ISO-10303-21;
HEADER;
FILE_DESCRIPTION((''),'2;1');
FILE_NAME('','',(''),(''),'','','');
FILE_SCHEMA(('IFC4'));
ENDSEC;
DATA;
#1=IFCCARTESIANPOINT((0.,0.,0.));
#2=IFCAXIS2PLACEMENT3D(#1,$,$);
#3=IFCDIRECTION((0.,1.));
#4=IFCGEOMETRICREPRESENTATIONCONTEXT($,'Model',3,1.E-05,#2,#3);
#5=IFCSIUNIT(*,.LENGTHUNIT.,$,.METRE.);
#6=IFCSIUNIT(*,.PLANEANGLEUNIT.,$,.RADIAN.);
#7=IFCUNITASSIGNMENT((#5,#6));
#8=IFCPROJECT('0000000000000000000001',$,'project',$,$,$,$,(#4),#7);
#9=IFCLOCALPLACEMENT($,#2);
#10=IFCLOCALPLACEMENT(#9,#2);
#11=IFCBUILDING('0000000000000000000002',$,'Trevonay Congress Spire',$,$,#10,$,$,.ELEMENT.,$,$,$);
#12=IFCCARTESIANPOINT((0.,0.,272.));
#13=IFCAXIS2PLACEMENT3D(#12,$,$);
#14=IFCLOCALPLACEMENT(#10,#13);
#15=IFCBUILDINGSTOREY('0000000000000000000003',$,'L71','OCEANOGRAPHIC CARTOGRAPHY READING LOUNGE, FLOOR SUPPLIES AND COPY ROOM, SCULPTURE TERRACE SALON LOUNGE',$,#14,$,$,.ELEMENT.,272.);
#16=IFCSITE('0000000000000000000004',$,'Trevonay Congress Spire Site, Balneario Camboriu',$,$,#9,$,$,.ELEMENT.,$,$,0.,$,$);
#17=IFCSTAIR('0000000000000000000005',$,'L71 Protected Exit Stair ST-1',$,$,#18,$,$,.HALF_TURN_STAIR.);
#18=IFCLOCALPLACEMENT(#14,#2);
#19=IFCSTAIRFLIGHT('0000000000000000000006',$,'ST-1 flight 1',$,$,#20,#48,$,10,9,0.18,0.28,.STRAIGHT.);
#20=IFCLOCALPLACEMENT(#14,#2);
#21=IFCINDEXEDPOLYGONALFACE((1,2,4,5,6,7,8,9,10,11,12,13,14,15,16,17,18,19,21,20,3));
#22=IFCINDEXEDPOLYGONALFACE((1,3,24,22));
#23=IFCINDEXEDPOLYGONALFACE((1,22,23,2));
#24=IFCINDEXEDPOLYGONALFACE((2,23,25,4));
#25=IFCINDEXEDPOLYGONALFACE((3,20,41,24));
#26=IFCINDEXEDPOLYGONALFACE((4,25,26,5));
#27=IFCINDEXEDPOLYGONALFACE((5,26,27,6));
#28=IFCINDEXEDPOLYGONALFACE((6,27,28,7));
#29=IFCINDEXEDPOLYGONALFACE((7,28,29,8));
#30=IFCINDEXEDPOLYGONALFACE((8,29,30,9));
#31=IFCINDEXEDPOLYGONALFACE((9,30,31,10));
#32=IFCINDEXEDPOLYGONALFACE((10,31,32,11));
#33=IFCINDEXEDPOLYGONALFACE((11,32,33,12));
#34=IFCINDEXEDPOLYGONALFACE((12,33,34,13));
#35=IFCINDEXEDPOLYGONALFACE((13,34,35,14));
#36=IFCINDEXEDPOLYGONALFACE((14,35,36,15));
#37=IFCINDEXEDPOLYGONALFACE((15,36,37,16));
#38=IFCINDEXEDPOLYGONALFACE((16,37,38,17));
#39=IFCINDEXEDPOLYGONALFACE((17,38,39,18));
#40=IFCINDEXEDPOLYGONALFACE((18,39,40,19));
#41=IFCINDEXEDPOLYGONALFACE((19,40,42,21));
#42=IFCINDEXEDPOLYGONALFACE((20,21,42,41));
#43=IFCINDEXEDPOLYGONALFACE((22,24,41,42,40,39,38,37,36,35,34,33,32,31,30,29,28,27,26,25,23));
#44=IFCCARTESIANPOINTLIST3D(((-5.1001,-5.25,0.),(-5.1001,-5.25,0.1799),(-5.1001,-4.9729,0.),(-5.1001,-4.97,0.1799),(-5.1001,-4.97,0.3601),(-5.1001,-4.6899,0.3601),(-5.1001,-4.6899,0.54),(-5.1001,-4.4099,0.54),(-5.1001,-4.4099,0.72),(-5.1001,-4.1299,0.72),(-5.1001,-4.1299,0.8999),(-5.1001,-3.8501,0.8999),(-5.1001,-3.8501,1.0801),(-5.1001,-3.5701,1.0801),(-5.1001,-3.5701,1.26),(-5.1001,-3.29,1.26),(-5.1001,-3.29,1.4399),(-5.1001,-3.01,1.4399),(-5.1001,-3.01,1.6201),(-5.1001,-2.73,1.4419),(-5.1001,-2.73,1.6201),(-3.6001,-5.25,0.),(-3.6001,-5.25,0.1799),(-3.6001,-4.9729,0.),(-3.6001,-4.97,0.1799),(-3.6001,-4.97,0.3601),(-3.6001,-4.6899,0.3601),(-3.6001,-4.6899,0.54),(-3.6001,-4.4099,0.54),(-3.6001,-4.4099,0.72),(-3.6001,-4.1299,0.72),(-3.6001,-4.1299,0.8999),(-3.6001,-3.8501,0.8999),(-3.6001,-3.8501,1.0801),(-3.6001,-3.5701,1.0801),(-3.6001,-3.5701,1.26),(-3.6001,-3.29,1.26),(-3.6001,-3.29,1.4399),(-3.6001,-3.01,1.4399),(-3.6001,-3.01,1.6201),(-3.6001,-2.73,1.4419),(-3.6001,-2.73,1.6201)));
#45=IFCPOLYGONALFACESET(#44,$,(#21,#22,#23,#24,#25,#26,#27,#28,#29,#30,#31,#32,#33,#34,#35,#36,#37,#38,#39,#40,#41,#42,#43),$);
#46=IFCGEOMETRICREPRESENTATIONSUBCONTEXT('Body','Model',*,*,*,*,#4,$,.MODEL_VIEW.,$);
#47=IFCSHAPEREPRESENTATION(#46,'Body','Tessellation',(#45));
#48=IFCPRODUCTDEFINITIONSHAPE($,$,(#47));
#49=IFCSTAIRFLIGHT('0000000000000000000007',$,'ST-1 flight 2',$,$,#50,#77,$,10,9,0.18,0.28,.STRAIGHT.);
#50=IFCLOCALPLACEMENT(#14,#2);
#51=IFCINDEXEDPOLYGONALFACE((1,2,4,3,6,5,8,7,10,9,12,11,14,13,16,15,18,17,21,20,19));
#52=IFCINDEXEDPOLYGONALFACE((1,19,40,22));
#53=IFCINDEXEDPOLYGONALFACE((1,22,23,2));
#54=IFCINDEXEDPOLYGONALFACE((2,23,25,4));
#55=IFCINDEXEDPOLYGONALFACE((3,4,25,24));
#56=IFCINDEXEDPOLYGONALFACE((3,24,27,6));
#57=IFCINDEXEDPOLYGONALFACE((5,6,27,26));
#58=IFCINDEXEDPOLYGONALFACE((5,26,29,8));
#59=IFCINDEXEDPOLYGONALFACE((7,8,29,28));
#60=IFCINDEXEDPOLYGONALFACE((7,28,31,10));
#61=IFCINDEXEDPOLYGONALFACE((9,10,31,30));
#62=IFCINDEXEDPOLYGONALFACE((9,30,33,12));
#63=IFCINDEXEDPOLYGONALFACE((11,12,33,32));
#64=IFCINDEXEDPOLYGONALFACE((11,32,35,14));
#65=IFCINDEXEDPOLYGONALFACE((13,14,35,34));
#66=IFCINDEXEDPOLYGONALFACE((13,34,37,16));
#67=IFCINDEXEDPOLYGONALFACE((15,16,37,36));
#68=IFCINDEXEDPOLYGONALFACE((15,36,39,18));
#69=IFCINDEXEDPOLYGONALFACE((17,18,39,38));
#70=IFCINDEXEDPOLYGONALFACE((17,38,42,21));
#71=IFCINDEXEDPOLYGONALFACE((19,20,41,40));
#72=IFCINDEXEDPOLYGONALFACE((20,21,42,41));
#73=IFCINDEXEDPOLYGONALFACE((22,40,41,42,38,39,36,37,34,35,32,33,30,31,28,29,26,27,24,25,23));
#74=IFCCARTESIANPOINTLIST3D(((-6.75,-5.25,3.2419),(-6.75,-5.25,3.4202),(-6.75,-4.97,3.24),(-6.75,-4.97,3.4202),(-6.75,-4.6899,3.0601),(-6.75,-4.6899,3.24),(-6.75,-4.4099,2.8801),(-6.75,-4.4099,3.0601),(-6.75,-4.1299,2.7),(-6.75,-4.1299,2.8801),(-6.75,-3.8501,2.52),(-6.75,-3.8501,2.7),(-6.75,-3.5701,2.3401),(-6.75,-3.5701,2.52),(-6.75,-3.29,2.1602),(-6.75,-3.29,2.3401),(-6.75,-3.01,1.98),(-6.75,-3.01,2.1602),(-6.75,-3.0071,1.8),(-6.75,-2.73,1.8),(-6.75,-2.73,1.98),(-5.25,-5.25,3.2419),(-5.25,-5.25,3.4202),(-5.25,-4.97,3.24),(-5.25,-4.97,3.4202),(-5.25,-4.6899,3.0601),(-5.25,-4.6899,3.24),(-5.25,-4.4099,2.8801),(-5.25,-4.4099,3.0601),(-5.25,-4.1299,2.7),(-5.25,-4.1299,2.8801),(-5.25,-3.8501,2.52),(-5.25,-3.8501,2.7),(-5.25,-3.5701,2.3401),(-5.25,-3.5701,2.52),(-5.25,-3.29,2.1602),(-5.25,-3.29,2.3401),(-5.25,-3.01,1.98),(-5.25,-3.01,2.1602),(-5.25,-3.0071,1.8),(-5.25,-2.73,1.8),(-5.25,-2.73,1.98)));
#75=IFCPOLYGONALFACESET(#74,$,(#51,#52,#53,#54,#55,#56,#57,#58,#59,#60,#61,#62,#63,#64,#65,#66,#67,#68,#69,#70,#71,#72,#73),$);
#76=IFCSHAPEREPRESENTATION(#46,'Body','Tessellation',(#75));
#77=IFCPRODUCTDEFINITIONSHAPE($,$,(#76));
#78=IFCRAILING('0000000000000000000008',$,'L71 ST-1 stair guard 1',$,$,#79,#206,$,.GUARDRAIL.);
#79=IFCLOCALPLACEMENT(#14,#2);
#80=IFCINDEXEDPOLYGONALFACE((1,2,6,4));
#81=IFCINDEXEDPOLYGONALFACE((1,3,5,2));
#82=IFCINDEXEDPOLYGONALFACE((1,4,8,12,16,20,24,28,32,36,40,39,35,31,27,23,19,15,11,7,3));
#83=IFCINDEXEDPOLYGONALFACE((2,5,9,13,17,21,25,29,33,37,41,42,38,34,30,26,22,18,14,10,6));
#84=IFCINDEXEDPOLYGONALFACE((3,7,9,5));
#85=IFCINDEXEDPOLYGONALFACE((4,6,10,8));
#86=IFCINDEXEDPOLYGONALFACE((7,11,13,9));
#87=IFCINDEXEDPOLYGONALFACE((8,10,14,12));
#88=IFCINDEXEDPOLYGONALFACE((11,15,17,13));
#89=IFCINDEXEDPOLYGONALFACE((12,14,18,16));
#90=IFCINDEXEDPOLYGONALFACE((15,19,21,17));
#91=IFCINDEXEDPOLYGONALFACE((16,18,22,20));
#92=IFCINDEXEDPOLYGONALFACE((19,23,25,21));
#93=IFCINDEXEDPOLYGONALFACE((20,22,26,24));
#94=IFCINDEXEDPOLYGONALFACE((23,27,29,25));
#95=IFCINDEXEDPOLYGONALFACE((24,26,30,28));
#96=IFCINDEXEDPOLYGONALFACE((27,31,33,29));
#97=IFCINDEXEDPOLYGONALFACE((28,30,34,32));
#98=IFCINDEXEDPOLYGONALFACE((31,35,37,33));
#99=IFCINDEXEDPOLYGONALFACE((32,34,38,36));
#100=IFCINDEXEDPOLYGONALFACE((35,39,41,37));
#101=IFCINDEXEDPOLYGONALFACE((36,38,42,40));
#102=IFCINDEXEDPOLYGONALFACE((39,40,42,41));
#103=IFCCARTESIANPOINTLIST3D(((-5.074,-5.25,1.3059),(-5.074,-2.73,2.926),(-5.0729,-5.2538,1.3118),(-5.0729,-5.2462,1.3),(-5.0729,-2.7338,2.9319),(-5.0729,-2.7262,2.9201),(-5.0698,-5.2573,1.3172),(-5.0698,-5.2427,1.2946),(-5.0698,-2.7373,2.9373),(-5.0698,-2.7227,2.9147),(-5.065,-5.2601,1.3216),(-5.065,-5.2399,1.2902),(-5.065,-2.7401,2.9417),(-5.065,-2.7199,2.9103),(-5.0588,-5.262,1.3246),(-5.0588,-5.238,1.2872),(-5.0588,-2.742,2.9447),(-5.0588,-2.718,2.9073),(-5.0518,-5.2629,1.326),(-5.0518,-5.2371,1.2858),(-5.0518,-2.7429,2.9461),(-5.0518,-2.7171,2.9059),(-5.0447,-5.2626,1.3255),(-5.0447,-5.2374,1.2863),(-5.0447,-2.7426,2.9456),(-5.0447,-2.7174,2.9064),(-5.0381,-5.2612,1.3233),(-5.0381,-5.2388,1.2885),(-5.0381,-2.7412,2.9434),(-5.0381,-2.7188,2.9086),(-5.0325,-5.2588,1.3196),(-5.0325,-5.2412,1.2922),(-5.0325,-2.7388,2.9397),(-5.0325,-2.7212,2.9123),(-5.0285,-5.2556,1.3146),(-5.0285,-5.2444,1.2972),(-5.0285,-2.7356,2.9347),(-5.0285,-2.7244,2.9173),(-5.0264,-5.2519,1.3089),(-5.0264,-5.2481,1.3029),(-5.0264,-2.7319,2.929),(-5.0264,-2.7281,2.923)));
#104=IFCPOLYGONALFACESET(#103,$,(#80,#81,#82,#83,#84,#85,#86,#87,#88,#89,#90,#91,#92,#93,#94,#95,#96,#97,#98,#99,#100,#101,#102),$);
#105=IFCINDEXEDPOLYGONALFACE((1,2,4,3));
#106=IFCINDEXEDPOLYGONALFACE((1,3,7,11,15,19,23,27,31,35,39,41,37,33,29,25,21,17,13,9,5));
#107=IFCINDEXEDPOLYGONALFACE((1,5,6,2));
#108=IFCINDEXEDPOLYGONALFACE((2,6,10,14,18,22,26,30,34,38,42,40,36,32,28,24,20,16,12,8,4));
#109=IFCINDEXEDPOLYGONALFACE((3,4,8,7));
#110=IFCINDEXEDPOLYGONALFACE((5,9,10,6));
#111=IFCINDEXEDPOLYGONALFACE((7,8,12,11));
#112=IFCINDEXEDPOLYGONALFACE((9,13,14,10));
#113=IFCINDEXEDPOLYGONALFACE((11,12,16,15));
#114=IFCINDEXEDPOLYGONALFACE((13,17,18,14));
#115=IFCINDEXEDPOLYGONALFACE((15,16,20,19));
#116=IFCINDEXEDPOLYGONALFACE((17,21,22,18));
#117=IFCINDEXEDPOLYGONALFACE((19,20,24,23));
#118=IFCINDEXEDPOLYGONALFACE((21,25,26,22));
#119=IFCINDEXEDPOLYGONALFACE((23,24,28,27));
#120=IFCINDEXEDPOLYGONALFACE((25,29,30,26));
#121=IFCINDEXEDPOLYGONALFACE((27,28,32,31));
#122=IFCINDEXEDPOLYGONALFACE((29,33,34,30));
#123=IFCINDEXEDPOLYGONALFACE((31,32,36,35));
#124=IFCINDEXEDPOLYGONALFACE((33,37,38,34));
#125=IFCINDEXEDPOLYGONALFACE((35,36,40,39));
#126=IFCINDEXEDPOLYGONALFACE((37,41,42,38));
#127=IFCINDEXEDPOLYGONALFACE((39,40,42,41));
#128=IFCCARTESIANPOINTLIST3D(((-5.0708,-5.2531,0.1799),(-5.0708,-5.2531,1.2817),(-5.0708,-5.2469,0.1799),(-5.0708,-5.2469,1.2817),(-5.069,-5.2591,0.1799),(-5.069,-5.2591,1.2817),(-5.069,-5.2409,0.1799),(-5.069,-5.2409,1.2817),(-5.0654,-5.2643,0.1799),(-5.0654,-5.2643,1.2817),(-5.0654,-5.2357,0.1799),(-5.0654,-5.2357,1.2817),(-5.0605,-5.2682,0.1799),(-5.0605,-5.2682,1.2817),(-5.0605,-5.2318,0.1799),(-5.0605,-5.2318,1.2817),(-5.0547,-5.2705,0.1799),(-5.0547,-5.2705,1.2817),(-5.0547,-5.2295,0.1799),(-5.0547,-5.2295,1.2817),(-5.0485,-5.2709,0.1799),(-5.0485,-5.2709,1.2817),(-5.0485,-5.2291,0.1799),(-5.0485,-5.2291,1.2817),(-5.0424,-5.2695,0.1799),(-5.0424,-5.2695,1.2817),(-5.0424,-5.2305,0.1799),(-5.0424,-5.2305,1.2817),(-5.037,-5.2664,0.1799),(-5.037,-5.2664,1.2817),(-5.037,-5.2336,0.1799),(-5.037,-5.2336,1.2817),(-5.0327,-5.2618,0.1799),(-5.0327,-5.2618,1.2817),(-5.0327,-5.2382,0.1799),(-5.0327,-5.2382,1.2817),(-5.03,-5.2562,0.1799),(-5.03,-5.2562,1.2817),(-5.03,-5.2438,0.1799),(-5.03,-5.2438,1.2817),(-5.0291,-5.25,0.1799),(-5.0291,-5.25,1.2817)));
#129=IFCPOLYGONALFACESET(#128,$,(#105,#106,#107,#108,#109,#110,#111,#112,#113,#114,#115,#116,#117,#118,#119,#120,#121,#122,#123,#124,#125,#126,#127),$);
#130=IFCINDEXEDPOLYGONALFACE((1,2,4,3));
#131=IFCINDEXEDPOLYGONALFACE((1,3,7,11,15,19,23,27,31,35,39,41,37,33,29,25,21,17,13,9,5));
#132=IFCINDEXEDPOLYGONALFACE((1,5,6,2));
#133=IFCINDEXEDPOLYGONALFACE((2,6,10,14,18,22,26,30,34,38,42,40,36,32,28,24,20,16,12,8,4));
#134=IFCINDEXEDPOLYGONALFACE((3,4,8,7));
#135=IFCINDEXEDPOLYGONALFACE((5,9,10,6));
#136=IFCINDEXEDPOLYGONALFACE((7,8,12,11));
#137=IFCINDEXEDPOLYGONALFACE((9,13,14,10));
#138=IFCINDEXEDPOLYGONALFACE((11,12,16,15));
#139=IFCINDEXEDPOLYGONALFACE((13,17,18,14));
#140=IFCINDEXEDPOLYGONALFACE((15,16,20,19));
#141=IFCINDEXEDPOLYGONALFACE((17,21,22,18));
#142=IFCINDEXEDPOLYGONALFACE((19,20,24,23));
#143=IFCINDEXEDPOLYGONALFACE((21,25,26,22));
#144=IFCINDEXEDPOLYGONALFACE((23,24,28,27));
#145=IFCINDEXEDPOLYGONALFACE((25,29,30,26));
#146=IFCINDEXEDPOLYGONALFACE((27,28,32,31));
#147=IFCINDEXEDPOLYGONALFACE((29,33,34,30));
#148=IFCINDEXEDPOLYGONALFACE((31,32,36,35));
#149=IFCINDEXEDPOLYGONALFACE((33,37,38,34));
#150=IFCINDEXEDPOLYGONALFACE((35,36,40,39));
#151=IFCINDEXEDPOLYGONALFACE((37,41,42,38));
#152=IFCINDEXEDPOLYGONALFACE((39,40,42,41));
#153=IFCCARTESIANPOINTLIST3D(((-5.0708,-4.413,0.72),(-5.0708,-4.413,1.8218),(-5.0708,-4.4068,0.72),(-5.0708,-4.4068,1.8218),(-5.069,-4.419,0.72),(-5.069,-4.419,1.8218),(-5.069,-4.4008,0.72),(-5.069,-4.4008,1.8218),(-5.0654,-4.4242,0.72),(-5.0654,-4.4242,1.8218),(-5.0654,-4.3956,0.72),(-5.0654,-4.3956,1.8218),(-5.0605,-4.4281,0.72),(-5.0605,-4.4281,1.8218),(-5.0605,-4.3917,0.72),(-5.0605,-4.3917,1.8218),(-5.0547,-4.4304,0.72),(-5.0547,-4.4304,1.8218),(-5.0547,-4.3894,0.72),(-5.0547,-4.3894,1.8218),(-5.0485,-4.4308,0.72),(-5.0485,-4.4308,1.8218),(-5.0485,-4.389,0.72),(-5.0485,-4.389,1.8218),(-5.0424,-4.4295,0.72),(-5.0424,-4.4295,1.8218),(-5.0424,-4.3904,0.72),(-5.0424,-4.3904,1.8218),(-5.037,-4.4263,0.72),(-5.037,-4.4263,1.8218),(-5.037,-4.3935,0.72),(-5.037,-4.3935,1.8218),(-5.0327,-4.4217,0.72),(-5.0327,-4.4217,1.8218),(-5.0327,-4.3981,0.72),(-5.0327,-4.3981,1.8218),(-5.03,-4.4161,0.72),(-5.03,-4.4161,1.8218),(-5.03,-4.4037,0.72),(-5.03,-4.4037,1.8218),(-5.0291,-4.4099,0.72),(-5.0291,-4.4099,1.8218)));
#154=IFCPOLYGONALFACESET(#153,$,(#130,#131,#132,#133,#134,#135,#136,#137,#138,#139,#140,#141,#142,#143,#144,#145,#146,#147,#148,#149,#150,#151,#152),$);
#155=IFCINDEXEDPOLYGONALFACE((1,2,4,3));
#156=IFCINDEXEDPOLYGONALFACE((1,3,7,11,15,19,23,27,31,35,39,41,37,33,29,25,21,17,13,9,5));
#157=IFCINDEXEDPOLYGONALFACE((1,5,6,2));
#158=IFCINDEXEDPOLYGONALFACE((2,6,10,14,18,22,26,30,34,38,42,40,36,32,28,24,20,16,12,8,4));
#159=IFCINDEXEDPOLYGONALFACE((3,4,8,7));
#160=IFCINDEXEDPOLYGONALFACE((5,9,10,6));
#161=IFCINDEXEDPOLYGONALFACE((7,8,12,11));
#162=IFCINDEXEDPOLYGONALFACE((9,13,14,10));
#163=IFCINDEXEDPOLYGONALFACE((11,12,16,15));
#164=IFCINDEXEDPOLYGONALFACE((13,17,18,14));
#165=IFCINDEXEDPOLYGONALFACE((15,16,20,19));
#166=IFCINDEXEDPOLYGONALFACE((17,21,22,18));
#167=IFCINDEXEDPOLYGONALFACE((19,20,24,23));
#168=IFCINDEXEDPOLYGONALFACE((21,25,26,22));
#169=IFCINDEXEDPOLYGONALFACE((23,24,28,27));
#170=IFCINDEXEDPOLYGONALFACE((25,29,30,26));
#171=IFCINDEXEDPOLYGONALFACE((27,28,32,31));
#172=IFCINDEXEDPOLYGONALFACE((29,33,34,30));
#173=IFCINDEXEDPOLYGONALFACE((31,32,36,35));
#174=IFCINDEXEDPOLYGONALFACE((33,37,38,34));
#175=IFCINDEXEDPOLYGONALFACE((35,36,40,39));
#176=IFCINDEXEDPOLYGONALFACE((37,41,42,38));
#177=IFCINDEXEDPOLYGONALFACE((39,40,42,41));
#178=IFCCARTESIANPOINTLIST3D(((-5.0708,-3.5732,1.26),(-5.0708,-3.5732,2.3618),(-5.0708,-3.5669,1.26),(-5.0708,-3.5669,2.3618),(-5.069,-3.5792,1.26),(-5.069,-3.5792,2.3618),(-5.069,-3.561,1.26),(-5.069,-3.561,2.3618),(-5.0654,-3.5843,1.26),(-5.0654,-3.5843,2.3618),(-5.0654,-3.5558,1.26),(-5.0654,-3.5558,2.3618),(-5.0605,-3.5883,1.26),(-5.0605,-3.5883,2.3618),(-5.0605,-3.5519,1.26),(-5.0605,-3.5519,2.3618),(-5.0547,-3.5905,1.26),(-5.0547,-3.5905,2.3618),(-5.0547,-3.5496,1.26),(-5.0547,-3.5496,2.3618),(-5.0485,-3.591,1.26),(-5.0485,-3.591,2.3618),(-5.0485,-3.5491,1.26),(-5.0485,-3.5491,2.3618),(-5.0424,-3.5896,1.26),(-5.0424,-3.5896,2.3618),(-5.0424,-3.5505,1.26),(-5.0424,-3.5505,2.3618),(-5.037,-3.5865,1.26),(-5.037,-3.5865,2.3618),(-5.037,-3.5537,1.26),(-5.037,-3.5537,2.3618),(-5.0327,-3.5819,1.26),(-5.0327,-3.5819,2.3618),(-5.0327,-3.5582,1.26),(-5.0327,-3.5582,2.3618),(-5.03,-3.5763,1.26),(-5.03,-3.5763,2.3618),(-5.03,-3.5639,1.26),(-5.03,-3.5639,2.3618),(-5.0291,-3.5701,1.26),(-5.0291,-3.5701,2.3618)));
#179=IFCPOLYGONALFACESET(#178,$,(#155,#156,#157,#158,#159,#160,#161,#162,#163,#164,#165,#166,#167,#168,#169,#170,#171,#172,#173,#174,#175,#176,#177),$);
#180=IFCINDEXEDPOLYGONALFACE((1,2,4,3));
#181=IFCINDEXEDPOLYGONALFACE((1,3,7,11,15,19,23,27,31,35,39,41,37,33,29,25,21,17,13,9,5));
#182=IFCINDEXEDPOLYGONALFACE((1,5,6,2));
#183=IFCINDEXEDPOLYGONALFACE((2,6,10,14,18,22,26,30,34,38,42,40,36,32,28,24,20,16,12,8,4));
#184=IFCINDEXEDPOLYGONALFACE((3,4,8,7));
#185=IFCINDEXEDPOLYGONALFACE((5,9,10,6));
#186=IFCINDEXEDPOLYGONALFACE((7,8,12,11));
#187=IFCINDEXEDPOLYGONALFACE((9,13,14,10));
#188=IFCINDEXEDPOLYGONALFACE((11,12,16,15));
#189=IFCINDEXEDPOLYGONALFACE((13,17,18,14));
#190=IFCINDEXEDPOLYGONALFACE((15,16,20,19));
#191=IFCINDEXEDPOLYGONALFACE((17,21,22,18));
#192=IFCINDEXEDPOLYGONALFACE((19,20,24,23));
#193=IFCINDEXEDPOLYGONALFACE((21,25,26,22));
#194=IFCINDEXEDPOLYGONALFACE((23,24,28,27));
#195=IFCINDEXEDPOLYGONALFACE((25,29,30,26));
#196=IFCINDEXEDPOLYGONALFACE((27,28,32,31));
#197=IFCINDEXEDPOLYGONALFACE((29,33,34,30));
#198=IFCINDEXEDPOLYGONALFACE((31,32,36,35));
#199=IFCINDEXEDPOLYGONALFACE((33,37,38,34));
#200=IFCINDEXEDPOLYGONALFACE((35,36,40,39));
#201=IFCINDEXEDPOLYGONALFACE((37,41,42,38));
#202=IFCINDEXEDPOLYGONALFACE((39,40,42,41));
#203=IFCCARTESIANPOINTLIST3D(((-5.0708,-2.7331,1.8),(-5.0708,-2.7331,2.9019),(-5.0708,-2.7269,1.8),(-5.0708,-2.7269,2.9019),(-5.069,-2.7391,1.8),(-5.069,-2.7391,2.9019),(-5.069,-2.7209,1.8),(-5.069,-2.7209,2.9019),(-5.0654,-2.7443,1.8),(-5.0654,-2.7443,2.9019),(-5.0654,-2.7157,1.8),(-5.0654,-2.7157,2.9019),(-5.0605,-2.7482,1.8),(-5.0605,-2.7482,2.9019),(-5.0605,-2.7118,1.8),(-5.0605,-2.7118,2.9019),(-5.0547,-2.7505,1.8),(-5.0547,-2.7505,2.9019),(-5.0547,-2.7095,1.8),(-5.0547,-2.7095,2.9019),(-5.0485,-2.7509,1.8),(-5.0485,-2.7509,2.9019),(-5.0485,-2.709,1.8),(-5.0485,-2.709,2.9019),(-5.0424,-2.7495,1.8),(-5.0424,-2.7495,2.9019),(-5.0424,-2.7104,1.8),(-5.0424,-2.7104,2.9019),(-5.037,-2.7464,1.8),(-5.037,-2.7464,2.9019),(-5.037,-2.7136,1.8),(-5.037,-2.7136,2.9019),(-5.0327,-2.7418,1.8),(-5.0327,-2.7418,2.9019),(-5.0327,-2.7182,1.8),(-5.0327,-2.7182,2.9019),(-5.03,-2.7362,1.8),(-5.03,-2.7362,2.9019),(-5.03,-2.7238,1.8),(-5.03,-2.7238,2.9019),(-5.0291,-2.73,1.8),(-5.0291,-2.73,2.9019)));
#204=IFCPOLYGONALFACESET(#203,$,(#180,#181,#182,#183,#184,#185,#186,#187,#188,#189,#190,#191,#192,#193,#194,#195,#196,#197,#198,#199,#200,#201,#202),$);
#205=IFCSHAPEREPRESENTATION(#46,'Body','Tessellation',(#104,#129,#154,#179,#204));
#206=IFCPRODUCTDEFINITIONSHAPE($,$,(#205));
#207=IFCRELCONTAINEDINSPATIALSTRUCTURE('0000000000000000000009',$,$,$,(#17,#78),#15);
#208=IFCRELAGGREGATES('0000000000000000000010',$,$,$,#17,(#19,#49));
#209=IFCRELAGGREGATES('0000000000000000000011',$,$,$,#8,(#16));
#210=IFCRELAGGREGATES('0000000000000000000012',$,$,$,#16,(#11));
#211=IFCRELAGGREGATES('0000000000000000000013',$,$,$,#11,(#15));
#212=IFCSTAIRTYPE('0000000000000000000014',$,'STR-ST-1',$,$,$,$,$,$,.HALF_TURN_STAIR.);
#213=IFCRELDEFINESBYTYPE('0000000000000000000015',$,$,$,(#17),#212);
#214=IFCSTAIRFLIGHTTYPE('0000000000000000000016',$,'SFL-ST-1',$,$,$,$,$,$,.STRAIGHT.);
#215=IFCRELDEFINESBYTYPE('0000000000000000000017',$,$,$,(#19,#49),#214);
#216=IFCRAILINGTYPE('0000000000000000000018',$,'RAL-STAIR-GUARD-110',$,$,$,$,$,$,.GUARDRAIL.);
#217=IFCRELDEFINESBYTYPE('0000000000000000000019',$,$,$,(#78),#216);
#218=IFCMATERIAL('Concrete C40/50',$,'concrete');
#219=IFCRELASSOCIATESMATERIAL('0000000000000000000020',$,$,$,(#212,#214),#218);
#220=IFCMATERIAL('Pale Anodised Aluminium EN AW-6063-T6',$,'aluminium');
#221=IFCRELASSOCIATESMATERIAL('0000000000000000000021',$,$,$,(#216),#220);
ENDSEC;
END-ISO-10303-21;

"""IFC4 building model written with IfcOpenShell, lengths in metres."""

from ifc_helpers import new_model, si_unit, direction, frame, origin, origin_2d, place, context, subcontext, project, spatial, polyline, circle, outline, extrude, material, type_object, element, aggregate, save


model = new_model("IFC4")

# Units and contexts
model_context = context("Model", 3, precision=1e-05, world=origin(), true_north=direction((0.0, 1.0)))
body_context = subcontext(model_context, "Body", "Model", "MODEL_VIEW")
ifc_project = project(units=[si_unit("LENGTHUNIT", "METRE"), si_unit("PLANEANGLEUNIT", "RADIAN")], contexts=[model_context])

# Site, building, storey
site_placement = place(None, origin())
site = spatial("IfcSite", under=ifc_project, at=site_placement, Name="Trevonay Congress Spire Site, Balneario Camboriu", CompositionType="ELEMENT", RefElevation=0.0)
building_placement = place(site_placement, origin())
building = spatial("IfcBuilding", under=site, at=building_placement, Name="Trevonay Congress Spire", CompositionType="ELEMENT")
storey_placement = place(building_placement, frame((0.0, 0.0, 272.0)))
storey = spatial("IfcBuildingStorey", under=building, at=storey_placement, Name="L71", Description="OCEANOGRAPHIC CARTOGRAPHY READING LOUNGE, FLOOR SUPPLIES AND COPY ROOM, SCULPTURE TERRACE SALON LOUNGE", CompositionType="ELEMENT", Elevation=272.0)

# Shared definitions
ifc_material_1 = material(Name="Concrete C40/50", Category="concrete")
ifc_material_2 = material(Name="Pale Anodised Aluminium EN AW-6063-T6", Category="aluminium")

# Stair, stair flights
stair_type = type_object("IfcStairType", Name="STR-ST-1", PredefinedType="HALF_TURN_STAIR", material=ifc_material_1)
stair_placement = place(storey_placement, origin())
stair = element("IfcStair", 1, at=stair_placement, inside=storey, type_object=stair_type, Name="L71 Protected Exit Stair ST-1", PredefinedType="HALF_TURN_STAIR")
stair_flight_type = type_object("IfcStairFlightType", Name="SFL-ST-1", PredefinedType="STRAIGHT", material=ifc_material_1)
stair_flight_1_placement = place(storey_placement, frame((-4.3501, -5.25, 0.0), z_axis=(0.0, 0.0, 1.0), x_axis=(0.0, 1.0, 0.0)))
stair_flight_1 = element("IfcStairFlight", 2, at=stair_flight_1_placement, type_object=stair_flight_type, Name="ST-1 flight 1", NumberOfRisers=10, NumberOfTreads=9, PredefinedType="STRAIGHT", RiserHeight=0.18, TreadLength=0.28, context=body_context, shape_type="SweptSolid", body=[
    extrude(outline(polyline([(0.0, 0.0), (0.0, 0.1799), (0.28, 0.1799), (0.28, 0.3601), (0.5601, 0.3601), (0.5601, 0.54), (0.8401, 0.54), (0.8401, 0.72), (1.1201, 0.72), (1.1201, 0.8999), (1.3999, 0.8999), (1.3999, 1.0801), (1.6799, 1.0801), (1.6799, 1.26), (1.96, 1.26), (1.96, 1.4399), (2.24, 1.4399), (2.24, 1.6201), (2.52, 1.6201), (2.52, 1.8), (2.52, 1.4419), (0.2771, 0.0), (0.0, 0.0)])), frame((0.0, 0.75, 0.0), z_axis=(0.0, -1.0, 0.0), x_axis=(1.0, 0.0, 0.0)), (0.0, 0.0, 1.0), 1.5),
])
stair_flight_2_placement = place(storey_placement, frame((-6.0, -2.73, 1.8), z_axis=(0.0, 0.0, 1.0), x_axis=(0.0, -1.0, 0.0)))
stair_flight_2 = element("IfcStairFlight", 3, at=stair_flight_2_placement, type_object=stair_flight_type, Name="ST-1 flight 2", NumberOfRisers=10, NumberOfTreads=9, PredefinedType="STRAIGHT", RiserHeight=0.18, TreadLength=0.28, context=body_context, shape_type="SweptSolid", body=[
    extrude(outline(polyline([(0.0, 0.0), (0.0, 0.1799), (0.28, 0.1799), (0.28, 0.3601), (0.5601, 0.3601), (0.5601, 0.54), (0.8401, 0.54), (0.8401, 0.72), (1.1201, 0.72), (1.1201, 0.8999), (1.3999, 0.8999), (1.3999, 1.0801), (1.6799, 1.0801), (1.6799, 1.26), (1.96, 1.26), (1.96, 1.4399), (2.24, 1.4399), (2.24, 1.6201), (2.52, 1.6201), (2.52, 1.8), (2.52, 1.4419), (0.2771, 0.0), (0.0, 0.0)])), frame((0.0, 0.75, 0.0), z_axis=(0.0, -1.0, 0.0), x_axis=(1.0, 0.0, 0.0)), (0.0, 0.0, 1.0), 1.5),
])
aggregate(stair, [stair_flight_1, stair_flight_2])

# Railing
railing_type_1 = type_object("IfcRailingType", Name="RAL-STAIR-GUARD-110", PredefinedType="GUARDRAIL", material=ifc_material_2)
railing_1_placement = place(storey_placement, frame((-5.05, -5.25, 0.1799)))
element("IfcRailing", 4, at=railing_1_placement, inside=storey, type_object=railing_type_1, Name="L71 ST-1 stair guard 1", PredefinedType="GUARDRAIL", context=body_context, shape_type="SweptSolid", body=[
    extrude(circle(Radius=0.0239, at=origin_2d()), frame((0.0, 0.0, 1.126), z_axis=(0.0, 0.841163, 0.540782), x_axis=(-1.0, 0.0, 0.0)), (0.0, 0.0, 1.0), 2.9958),
    extrude(circle(Radius=0.021, at=origin_2d()), origin(), (0.0, 0.0, 1.0), 1.1018),
    extrude(circle(Radius=0.021, at=origin_2d()), frame((0.0, 0.8401, 0.54)), (0.0, 0.0, 1.0), 1.1018),
    extrude(circle(Radius=0.021, at=origin_2d()), frame((0.0, 1.6799, 1.0801)), (0.0, 0.0, 1.0), 1.1018),
    extrude(circle(Radius=0.021, at=origin_2d()), frame((0.0, 2.52, 1.6201)), (0.0, 0.0, 1.0), 1.1018),
])

save(model, "model.ifc")
